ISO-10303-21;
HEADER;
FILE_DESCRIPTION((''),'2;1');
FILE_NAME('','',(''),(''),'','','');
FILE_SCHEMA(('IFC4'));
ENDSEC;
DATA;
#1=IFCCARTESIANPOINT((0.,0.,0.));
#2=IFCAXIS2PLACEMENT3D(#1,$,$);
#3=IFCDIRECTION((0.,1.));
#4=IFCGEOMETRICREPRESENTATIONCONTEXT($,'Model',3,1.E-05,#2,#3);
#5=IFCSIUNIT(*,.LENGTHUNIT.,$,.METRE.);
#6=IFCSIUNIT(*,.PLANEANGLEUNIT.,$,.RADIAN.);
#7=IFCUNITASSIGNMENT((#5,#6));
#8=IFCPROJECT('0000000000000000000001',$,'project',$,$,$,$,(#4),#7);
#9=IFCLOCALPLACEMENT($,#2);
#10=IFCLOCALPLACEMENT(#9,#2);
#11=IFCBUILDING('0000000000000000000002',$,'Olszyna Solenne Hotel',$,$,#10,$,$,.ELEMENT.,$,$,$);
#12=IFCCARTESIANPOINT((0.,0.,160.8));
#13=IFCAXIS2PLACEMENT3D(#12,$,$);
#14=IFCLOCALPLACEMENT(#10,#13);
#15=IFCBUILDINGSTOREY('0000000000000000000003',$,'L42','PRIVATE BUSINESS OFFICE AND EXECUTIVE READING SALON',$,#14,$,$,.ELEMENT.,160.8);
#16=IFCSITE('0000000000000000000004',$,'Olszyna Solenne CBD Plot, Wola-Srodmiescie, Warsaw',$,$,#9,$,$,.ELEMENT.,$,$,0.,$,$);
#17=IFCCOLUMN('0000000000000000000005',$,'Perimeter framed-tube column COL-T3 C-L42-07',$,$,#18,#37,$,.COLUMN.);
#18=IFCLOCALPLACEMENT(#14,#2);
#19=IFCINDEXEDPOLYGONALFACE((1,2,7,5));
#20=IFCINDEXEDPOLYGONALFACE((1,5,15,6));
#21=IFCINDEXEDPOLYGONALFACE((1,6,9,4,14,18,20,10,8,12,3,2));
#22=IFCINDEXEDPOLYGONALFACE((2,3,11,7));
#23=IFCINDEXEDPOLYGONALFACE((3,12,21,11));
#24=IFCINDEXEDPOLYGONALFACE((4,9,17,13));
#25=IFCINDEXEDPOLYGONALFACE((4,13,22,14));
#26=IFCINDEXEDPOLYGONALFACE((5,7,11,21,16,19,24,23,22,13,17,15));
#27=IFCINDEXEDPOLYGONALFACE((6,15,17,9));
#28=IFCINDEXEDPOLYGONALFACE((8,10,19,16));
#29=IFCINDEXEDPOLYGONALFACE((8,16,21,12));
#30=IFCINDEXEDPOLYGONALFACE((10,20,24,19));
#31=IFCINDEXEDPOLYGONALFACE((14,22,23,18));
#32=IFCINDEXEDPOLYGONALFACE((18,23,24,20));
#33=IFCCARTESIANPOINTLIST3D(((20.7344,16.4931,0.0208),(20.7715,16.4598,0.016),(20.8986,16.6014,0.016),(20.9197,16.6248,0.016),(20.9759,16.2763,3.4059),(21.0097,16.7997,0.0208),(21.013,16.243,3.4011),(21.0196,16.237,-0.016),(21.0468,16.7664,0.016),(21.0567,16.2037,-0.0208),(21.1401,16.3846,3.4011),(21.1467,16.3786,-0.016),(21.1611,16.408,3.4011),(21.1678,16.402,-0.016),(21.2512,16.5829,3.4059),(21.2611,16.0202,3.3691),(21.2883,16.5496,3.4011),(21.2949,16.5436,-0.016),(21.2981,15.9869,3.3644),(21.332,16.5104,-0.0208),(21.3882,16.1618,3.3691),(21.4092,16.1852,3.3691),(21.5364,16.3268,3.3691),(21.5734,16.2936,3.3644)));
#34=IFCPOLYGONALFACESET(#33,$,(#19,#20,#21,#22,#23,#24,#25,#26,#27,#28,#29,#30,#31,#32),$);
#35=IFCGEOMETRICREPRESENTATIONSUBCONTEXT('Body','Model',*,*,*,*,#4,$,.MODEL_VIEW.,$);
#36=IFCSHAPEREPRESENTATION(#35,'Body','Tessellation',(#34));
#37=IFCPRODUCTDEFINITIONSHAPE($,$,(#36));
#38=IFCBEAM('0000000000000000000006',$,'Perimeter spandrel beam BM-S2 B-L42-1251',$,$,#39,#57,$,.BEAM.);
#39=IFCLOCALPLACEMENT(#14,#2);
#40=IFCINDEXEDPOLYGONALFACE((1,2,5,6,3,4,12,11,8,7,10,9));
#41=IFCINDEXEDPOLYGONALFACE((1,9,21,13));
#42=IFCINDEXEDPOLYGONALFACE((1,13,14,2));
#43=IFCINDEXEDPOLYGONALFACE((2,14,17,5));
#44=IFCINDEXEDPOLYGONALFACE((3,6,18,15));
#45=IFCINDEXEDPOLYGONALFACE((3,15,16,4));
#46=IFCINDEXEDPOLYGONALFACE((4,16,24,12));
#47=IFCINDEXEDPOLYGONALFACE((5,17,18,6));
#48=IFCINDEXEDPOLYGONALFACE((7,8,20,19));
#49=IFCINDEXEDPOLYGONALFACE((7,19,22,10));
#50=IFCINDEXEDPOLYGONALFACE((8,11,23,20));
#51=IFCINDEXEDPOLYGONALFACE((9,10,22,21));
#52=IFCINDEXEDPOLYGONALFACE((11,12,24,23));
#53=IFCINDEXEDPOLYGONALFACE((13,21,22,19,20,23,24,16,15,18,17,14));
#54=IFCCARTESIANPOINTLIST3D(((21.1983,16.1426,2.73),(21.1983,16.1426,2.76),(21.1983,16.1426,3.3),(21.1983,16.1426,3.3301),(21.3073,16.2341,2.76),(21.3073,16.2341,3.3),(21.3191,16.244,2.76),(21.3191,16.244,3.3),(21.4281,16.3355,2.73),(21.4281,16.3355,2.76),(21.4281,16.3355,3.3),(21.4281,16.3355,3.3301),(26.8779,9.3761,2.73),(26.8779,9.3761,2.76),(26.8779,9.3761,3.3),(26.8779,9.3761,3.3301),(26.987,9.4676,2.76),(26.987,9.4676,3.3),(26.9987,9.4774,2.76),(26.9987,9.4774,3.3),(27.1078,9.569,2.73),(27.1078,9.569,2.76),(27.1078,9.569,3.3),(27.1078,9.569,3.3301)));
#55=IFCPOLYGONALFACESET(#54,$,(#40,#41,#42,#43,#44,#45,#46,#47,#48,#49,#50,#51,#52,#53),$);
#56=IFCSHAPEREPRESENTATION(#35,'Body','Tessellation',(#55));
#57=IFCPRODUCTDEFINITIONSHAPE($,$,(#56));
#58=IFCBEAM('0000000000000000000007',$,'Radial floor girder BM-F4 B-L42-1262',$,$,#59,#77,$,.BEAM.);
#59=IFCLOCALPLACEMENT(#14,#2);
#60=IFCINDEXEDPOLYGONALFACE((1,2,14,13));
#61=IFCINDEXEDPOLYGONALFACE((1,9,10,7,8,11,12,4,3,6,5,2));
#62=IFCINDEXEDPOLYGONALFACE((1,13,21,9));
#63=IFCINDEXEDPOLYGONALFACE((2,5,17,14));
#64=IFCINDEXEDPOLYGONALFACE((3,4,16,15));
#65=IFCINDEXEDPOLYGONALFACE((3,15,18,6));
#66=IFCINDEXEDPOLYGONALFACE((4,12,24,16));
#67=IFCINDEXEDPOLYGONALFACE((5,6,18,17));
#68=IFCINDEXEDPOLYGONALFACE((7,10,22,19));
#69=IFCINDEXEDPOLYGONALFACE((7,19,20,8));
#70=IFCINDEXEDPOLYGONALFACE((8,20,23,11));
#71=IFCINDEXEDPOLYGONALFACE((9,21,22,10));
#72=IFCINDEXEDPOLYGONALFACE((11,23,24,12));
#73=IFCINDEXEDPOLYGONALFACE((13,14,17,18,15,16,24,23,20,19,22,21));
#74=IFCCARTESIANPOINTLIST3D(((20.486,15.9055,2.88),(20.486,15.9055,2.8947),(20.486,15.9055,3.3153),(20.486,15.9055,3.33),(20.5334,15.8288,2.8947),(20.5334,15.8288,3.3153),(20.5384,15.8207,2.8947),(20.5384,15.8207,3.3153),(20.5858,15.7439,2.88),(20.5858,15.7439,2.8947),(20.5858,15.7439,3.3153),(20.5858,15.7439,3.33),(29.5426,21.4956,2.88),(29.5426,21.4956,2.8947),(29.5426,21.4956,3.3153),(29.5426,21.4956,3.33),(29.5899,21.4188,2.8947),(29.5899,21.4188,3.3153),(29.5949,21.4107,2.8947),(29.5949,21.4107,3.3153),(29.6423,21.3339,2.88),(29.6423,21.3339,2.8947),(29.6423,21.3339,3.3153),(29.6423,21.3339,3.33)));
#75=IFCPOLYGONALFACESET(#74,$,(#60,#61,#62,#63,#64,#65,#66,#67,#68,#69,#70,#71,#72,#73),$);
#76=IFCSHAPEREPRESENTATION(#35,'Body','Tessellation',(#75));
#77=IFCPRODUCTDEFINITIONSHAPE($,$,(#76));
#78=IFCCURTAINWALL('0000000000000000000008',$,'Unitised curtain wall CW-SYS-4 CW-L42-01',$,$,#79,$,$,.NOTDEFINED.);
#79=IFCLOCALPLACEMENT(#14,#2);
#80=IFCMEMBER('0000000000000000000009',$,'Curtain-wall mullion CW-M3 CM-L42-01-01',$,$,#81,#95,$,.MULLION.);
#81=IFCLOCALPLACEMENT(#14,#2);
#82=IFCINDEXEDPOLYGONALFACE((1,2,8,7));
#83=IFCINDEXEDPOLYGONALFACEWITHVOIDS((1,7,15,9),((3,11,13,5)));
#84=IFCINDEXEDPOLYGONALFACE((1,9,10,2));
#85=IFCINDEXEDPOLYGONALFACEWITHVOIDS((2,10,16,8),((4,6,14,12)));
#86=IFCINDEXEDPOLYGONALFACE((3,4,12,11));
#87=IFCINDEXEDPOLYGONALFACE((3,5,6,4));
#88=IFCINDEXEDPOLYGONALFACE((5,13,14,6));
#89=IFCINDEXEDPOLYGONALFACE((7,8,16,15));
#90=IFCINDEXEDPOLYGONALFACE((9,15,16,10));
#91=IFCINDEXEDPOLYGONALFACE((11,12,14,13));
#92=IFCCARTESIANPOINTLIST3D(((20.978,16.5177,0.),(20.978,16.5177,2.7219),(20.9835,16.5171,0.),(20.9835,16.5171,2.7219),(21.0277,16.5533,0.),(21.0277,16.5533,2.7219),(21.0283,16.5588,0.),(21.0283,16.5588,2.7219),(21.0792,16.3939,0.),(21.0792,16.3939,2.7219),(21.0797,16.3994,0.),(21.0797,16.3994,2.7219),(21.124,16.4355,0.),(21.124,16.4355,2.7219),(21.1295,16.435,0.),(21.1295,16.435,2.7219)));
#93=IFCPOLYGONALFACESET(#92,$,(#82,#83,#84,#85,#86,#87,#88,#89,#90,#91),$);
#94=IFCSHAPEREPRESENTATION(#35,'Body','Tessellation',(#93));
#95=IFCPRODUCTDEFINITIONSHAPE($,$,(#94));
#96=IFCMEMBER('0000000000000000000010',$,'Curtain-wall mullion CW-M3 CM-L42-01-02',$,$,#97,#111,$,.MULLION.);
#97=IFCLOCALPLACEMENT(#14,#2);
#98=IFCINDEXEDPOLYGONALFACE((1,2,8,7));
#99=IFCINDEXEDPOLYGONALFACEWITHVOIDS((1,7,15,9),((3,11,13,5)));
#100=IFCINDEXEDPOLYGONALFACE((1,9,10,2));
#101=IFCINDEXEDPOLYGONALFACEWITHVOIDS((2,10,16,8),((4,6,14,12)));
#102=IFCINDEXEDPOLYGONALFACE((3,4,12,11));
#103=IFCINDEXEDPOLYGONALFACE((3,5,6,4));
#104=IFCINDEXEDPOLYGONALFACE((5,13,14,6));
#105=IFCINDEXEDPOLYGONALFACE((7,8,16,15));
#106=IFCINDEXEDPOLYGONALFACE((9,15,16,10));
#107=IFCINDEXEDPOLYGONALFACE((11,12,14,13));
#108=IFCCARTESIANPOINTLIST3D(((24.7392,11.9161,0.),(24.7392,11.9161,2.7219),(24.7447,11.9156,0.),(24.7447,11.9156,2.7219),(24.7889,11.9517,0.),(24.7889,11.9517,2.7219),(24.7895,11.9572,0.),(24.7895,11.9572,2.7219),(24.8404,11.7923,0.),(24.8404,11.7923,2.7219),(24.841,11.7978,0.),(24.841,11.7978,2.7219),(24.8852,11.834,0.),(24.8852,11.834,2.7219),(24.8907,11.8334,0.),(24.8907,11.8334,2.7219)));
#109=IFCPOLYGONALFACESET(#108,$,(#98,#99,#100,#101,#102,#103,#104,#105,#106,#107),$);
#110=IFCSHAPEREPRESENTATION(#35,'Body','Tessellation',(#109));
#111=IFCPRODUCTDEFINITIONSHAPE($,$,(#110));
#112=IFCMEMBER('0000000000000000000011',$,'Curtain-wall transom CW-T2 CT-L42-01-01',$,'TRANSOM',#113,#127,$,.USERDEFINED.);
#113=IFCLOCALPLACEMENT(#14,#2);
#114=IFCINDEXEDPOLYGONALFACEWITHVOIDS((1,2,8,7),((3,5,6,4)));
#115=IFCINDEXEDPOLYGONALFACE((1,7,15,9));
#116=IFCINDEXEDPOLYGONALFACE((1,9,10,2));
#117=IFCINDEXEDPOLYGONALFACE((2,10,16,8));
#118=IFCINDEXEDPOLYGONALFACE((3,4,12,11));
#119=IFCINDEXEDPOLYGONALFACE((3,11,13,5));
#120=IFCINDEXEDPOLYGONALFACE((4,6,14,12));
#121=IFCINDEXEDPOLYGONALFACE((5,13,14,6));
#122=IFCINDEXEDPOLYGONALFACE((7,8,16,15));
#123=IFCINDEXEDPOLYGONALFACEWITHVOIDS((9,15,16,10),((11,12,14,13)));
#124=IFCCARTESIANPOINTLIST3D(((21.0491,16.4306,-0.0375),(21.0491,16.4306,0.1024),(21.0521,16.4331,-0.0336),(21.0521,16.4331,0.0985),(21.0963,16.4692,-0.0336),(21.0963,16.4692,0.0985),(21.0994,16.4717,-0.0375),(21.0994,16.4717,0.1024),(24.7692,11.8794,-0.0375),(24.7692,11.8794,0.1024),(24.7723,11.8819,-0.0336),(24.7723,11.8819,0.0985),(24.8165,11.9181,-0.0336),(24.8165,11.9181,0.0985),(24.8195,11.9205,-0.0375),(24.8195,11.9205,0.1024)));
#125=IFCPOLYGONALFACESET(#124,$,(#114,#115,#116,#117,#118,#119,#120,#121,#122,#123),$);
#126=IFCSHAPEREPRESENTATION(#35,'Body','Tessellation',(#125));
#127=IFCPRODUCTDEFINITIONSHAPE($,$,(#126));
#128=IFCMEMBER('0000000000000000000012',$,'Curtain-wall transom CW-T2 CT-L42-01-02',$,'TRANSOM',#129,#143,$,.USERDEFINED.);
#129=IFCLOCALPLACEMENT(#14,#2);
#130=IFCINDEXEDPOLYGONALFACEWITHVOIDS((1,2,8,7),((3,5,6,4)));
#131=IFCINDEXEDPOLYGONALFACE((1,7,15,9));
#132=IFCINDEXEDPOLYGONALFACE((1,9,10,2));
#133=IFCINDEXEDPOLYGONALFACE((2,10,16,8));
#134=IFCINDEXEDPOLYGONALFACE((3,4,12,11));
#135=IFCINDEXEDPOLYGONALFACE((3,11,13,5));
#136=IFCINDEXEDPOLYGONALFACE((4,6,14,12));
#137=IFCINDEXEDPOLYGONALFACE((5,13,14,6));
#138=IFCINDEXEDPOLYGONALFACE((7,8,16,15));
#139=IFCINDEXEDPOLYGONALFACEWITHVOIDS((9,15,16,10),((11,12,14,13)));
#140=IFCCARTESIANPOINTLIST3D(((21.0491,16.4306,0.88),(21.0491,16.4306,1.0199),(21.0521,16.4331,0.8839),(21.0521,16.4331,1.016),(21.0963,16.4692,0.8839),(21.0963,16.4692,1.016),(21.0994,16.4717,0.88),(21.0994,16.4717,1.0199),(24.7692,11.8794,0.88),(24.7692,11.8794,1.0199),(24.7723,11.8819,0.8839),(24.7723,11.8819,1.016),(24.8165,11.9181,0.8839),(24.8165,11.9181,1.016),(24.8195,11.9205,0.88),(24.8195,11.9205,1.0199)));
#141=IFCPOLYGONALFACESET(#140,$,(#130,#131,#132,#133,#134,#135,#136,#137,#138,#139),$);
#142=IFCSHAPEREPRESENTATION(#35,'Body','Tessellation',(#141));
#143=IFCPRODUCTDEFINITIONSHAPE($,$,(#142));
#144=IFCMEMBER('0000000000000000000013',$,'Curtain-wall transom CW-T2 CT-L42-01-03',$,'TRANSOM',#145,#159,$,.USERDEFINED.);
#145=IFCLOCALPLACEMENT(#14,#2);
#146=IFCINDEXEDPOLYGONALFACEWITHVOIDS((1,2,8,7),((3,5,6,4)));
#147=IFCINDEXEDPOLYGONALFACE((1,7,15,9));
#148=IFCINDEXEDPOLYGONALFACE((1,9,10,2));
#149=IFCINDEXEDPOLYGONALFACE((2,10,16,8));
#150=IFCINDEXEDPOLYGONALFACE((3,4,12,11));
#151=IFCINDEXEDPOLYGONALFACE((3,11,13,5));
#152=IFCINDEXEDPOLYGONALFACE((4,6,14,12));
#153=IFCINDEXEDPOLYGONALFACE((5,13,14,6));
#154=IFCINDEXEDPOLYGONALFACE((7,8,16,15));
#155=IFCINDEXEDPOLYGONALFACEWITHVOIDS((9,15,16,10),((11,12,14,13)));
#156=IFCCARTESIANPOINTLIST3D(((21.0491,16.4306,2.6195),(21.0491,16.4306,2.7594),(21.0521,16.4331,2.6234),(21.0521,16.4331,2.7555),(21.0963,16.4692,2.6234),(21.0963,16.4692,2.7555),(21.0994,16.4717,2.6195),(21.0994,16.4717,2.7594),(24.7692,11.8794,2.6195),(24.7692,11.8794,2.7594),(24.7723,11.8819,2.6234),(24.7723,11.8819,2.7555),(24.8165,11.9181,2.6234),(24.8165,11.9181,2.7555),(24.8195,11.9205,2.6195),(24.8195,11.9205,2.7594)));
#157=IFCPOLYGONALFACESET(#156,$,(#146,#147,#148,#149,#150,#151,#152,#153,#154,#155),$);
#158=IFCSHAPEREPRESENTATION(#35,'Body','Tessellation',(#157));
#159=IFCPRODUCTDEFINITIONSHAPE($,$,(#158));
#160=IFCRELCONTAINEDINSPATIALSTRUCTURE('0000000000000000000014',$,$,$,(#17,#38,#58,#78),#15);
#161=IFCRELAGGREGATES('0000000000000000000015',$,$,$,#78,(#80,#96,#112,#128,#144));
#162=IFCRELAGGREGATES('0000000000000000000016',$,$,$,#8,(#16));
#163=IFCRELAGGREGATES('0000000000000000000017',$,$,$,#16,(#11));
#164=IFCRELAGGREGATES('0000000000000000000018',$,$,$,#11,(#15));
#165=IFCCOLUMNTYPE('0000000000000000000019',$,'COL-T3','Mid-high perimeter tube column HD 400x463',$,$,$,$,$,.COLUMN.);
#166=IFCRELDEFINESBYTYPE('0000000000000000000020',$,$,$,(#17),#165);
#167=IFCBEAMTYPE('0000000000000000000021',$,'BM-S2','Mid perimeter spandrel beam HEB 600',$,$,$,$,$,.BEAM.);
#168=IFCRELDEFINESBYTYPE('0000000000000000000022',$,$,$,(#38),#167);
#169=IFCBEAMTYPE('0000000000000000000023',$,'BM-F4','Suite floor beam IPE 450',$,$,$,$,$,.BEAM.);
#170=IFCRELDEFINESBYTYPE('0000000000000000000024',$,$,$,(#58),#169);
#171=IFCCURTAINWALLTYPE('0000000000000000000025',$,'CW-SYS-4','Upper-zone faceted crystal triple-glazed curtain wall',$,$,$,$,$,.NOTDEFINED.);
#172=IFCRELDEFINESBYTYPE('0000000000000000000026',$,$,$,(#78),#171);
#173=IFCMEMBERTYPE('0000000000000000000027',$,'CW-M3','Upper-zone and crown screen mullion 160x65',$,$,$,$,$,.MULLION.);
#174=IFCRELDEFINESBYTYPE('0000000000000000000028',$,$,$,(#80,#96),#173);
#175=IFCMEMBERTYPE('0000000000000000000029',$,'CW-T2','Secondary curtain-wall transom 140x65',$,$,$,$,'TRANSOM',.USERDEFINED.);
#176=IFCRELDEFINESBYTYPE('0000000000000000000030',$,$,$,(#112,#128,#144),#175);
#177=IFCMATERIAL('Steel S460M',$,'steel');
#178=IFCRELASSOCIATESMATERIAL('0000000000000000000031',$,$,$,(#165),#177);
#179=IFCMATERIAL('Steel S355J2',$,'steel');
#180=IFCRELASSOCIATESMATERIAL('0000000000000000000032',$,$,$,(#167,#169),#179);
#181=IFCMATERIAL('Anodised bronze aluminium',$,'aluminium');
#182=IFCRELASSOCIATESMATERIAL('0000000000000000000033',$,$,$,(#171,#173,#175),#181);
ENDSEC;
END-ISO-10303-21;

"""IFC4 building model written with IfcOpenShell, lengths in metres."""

from ifc_helpers import new_model, si_unit, direction, frame, origin, origin_2d, place, context, subcontext, project, spatial, hollow_rectangle, i_section, extrude, source, transform, mapped, material, material_profile, profile_set, type_object, element, aggregate, save


model = new_model("IFC4")

# Units and contexts
model_context = context("Model", 3, precision=1e-05, world=origin(), true_north=direction((0.0, 1.0)))
body_context = subcontext(model_context, "Body", "Model", "MODEL_VIEW")
ifc_project = project(units=[si_unit("LENGTHUNIT", "METRE"), si_unit("PLANEANGLEUNIT", "RADIAN")], contexts=[model_context])

# Site, building, storey
site_placement = place(None, origin())
site = spatial("IfcSite", under=ifc_project, at=site_placement, Name="Olszyna Solenne CBD Plot, Wola-Srodmiescie, Warsaw", CompositionType="ELEMENT", RefElevation=0.0)
building_placement = place(site_placement, origin())
building = spatial("IfcBuilding", under=site, at=building_placement, Name="Olszyna Solenne Hotel", CompositionType="ELEMENT")
storey_placement = place(building_placement, frame((0.0, 0.0, 160.8)))
storey = spatial("IfcBuildingStorey", under=building, at=storey_placement, Name="L42", Description="PRIVATE BUSINESS OFFICE AND EXECUTIVE READING SALON", CompositionType="ELEMENT", Elevation=160.8)

# Column
ifc_material_1 = material(Name="Steel S460M", Category="steel")
ifc_material_profile_1 = material_profile(ifc_material_1, i_section(OverallWidth=0.4121, OverallDepth=0.4351, WebThickness=0.0315, FlangeThickness=0.05, at=origin_2d()), Name="HD 400x463", Category="load-bearing")
ifc_profile_set_1 = profile_set([ifc_material_profile_1], Name="Steel S460M")
column_type = type_object("IfcColumnType", Name="COL-T3", Description="Mid-high perimeter tube column HD 400x463", PredefinedType="COLUMN", material=ifc_profile_set_1)
shared_shape_1 = source(origin(), body_context, "Body", "SweptSolid", [
    extrude(i_section(OverallWidth=0.4121, OverallDepth=0.4351, WebThickness=0.0315, FlangeThickness=0.05, at=origin_2d()), origin(), (0.0, 0.0, 1.0), 3.4006),
])
column_placement = place(storey_placement, frame((21.0332, 16.5017, 0.0), z_axis=(0.071005, -0.063754, 0.995436), x_axis=(0.668091, 0.744079, 0.0)))
element("IfcColumn", 1, at=column_placement, inside=storey, type_object=column_type, Name="Perimeter framed-tube column COL-T3 C-L42-07", PredefinedType="COLUMN", context=body_context, shape_type="MappedRepresentation", body=[
    mapped(shared_shape_1, transform((0.0, 0.0, 0.0), x_axis=(1.0, 0.0, 0.0), y_axis=(0.0, 1.0, 0.0), z_axis=(0.0, 0.0, 1.0), scale=1.0)),
])

# Beams
ifc_material_2 = material(Name="Steel S355J2", Category="steel")
ifc_material_profile_2 = material_profile(ifc_material_2, i_section(OverallWidth=0.3, OverallDepth=0.6001, WebThickness=0.0154, FlangeThickness=0.03, at=origin_2d()), Name="HEB 600", Category="load-bearing")
ifc_profile_set_2 = profile_set([ifc_material_profile_2], Name="Steel S355J2")
beam_type_1 = type_object("IfcBeamType", Name="BM-S2", Description="Mid perimeter spandrel beam HEB 600", PredefinedType="BEAM", material=ifc_profile_set_2)
shared_shape_2 = source(origin(), body_context, "Body", "SweptSolid", [
    extrude(i_section(OverallWidth=0.3, OverallDepth=0.6001, WebThickness=0.0154, FlangeThickness=0.03, at=origin_2d()), origin(), (0.0, 0.0, 1.0), 8.8342),
])
beam_1_placement = place(storey_placement, frame((21.3132, 16.239, 3.03), z_axis=(0.642909, -0.765942, 0.0), x_axis=(0.765942, 0.642909, 0.0)))
element("IfcBeam", 2, at=beam_1_placement, inside=storey, type_object=beam_type_1, Name="Perimeter spandrel beam BM-S2 B-L42-1251", PredefinedType="BEAM", context=body_context, shape_type="MappedRepresentation", body=[
    mapped(shared_shape_2, transform((0.0, 0.0, 0.0), x_axis=(1.0, 0.0, 0.0), y_axis=(0.0, 1.0, 0.0), z_axis=(0.0, 0.0, 1.0), scale=1.0)),
])
ifc_material_profile_3 = material_profile(ifc_material_2, i_section(OverallWidth=0.1899, OverallDepth=0.45, WebThickness=0.0095, FlangeThickness=0.0146, at=origin_2d()), Name="IPE 450", Category="load-bearing")
ifc_profile_set_3 = profile_set([ifc_material_profile_3], Name="Steel S355J2")
beam_type_2 = type_object("IfcBeamType", Name="BM-F4", Description="Suite floor beam IPE 450", PredefinedType="BEAM", material=ifc_profile_set_3)
shared_shape_3 = source(origin(), body_context, "Body", "SweptSolid", [
    extrude(i_section(OverallWidth=0.1899, OverallDepth=0.45, WebThickness=0.0095, FlangeThickness=0.0146, at=origin_2d()), origin(), (0.0, 0.0, 1.0), 10.6428),
])
beam_2_placement = place(storey_placement, frame((20.5359, 15.8247, 3.105), z_axis=(0.850954, 0.52524, 0.0), x_axis=(-0.52524, 0.850954, 0.0)))
element("IfcBeam", 3, at=beam_2_placement, inside=storey, type_object=beam_type_2, Name="Radial floor girder BM-F4 B-L42-1262", PredefinedType="BEAM", context=body_context, shape_type="MappedRepresentation", body=[
    mapped(shared_shape_3, transform((0.0, 0.0, 0.0), x_axis=(1.0, 0.0, 0.0), y_axis=(0.0, 1.0, 0.0), z_axis=(0.0, 0.0, 1.0), scale=1.0)),
])

# Curtain wall, members
ifc_material_3 = material(Name="Anodised bronze aluminium", Category="aluminium")
curtain_wall_type = type_object("IfcCurtainWallType", Name="CW-SYS-4", Description="Upper-zone faceted crystal triple-glazed curtain wall", PredefinedType="NOTDEFINED", material=ifc_material_3)
curtain_wall_placement = place(storey_placement, origin())
curtain_wall = element("IfcCurtainWall", 4, at=curtain_wall_placement, inside=storey, type_object=curtain_wall_type, Name="Unitised curtain wall CW-SYS-4 CW-L42-01", PredefinedType="NOTDEFINED")
ifc_material_profile_4 = material_profile(ifc_material_3, hollow_rectangle(XDim=0.0649, YDim=0.1599, WallThickness=0.0039, at=origin_2d()), Name="MULL 160x65x4", Category="load-bearing")
ifc_profile_set_4 = profile_set([ifc_material_profile_4], Name="Anodised bronze aluminium")
member_type_1 = type_object("IfcMemberType", Name="CW-M3", Description="Upper-zone and crown screen mullion 160x65", PredefinedType="MULLION", material=ifc_profile_set_4)
shared_shape_4 = source(origin(), body_context, "Body", "SweptSolid", [
    extrude(hollow_rectangle(XDim=0.0649, YDim=0.1599, WallThickness=0.0039, at=origin_2d()), origin(), (0.0, 0.0, 1.0), 2.7219),
])
member_1_placement = place(storey_placement, frame((21.0537, 16.4763, 0.0), z_axis=(0.0, 0.0, 1.0), x_axis=(0.774268, 0.632858, 0.0)))
member_1 = element("IfcMember", 5, at=member_1_placement, type_object=member_type_1, Name="Curtain-wall mullion CW-M3 CM-L42-01-01", PredefinedType="MULLION", context=body_context, shape_type="MappedRepresentation", body=[
    mapped(shared_shape_4, transform((0.0, 0.0, 0.0), x_axis=(1.0, 0.0, 0.0), y_axis=(0.0, 1.0, 0.0), z_axis=(0.0, 0.0, 1.0), scale=1.0)),
])
member_2_placement = place(storey_placement, frame((24.8149, 11.8748, 0.0), z_axis=(0.0, 0.0, 1.0), x_axis=(0.774268, 0.632858, 0.0)))
member_2 = element("IfcMember", 6, at=member_2_placement, type_object=member_type_1, Name="Curtain-wall mullion CW-M3 CM-L42-01-02", PredefinedType="MULLION", context=body_context, shape_type="MappedRepresentation", body=[
    mapped(shared_shape_4, transform((0.0, 0.0, 0.0), x_axis=(1.0, 0.0, 0.0), y_axis=(0.0, 1.0, 0.0), z_axis=(0.0, 0.0, 1.0), scale=1.0)),
])
ifc_material_profile_5 = material_profile(ifc_material_3, hollow_rectangle(XDim=0.0649, YDim=0.1399, WallThickness=0.0039, at=origin_2d()), Name="TRAN 140x65x4", Category="load-bearing")
ifc_profile_set_5 = profile_set([ifc_material_profile_5], Name="Anodised bronze aluminium")
member_type_2 = type_object("IfcMemberType", Name="CW-T2", Description="Secondary curtain-wall transom 140x65", ElementType="TRANSOM", PredefinedType="USERDEFINED", material=ifc_profile_set_5)
shared_shape_5 = source(origin(), body_context, "Body", "SweptSolid", [
    extrude(hollow_rectangle(XDim=0.0649, YDim=0.1399, WallThickness=0.0039, at=origin_2d()), origin(), (0.0, 0.0, 1.0), 5.8782),
])
member_3_placement = place(storey_placement, frame((21.0742, 16.4512, 0.0325), z_axis=(0.632876, -0.774253, 0.0), x_axis=(0.774253, 0.632876, 0.0)))
member_3 = element("IfcMember", 7, at=member_3_placement, type_object=member_type_2, Name="Curtain-wall transom CW-T2 CT-L42-01-01", ObjectType="TRANSOM", PredefinedType="USERDEFINED", context=body_context, shape_type="MappedRepresentation", body=[
    mapped(shared_shape_5, transform((0.0, 0.0, 0.0), x_axis=(1.0, 0.0, 0.0), y_axis=(0.0, 1.0, 0.0), z_axis=(0.0, 0.0, 1.0), scale=1.0)),
])
member_4_placement = place(storey_placement, frame((21.0742, 16.4512, 0.95), z_axis=(0.632876, -0.774253, 0.0), x_axis=(0.774253, 0.632876, 0.0)))
member_4 = element("IfcMember", 8, at=member_4_placement, type_object=member_type_2, Name="Curtain-wall transom CW-T2 CT-L42-01-02", ObjectType="TRANSOM", PredefinedType="USERDEFINED", context=body_context, shape_type="MappedRepresentation", body=[
    mapped(shared_shape_5, transform((0.0, 0.0, 0.0), x_axis=(1.0, 0.0, 0.0), y_axis=(0.0, 1.0, 0.0), z_axis=(0.0, 0.0, 1.0), scale=1.0)),
])
member_5_placement = place(storey_placement, frame((21.0742, 16.4512, 2.6895), z_axis=(0.632876, -0.774253, 0.0), x_axis=(0.774253, 0.632876, 0.0)))
member_5 = element("IfcMember", 9, at=member_5_placement, type_object=member_type_2, Name="Curtain-wall transom CW-T2 CT-L42-01-03", ObjectType="TRANSOM", PredefinedType="USERDEFINED", context=body_context, shape_type="MappedRepresentation", body=[
    mapped(shared_shape_5, transform((0.0, 0.0, 0.0), x_axis=(1.0, 0.0, 0.0), y_axis=(0.0, 1.0, 0.0), z_axis=(0.0, 0.0, 1.0), scale=1.0)),
])

aggregate(curtain_wall, [member_1, member_2, member_3, member_4, member_5])

save(model, "model.ifc")
